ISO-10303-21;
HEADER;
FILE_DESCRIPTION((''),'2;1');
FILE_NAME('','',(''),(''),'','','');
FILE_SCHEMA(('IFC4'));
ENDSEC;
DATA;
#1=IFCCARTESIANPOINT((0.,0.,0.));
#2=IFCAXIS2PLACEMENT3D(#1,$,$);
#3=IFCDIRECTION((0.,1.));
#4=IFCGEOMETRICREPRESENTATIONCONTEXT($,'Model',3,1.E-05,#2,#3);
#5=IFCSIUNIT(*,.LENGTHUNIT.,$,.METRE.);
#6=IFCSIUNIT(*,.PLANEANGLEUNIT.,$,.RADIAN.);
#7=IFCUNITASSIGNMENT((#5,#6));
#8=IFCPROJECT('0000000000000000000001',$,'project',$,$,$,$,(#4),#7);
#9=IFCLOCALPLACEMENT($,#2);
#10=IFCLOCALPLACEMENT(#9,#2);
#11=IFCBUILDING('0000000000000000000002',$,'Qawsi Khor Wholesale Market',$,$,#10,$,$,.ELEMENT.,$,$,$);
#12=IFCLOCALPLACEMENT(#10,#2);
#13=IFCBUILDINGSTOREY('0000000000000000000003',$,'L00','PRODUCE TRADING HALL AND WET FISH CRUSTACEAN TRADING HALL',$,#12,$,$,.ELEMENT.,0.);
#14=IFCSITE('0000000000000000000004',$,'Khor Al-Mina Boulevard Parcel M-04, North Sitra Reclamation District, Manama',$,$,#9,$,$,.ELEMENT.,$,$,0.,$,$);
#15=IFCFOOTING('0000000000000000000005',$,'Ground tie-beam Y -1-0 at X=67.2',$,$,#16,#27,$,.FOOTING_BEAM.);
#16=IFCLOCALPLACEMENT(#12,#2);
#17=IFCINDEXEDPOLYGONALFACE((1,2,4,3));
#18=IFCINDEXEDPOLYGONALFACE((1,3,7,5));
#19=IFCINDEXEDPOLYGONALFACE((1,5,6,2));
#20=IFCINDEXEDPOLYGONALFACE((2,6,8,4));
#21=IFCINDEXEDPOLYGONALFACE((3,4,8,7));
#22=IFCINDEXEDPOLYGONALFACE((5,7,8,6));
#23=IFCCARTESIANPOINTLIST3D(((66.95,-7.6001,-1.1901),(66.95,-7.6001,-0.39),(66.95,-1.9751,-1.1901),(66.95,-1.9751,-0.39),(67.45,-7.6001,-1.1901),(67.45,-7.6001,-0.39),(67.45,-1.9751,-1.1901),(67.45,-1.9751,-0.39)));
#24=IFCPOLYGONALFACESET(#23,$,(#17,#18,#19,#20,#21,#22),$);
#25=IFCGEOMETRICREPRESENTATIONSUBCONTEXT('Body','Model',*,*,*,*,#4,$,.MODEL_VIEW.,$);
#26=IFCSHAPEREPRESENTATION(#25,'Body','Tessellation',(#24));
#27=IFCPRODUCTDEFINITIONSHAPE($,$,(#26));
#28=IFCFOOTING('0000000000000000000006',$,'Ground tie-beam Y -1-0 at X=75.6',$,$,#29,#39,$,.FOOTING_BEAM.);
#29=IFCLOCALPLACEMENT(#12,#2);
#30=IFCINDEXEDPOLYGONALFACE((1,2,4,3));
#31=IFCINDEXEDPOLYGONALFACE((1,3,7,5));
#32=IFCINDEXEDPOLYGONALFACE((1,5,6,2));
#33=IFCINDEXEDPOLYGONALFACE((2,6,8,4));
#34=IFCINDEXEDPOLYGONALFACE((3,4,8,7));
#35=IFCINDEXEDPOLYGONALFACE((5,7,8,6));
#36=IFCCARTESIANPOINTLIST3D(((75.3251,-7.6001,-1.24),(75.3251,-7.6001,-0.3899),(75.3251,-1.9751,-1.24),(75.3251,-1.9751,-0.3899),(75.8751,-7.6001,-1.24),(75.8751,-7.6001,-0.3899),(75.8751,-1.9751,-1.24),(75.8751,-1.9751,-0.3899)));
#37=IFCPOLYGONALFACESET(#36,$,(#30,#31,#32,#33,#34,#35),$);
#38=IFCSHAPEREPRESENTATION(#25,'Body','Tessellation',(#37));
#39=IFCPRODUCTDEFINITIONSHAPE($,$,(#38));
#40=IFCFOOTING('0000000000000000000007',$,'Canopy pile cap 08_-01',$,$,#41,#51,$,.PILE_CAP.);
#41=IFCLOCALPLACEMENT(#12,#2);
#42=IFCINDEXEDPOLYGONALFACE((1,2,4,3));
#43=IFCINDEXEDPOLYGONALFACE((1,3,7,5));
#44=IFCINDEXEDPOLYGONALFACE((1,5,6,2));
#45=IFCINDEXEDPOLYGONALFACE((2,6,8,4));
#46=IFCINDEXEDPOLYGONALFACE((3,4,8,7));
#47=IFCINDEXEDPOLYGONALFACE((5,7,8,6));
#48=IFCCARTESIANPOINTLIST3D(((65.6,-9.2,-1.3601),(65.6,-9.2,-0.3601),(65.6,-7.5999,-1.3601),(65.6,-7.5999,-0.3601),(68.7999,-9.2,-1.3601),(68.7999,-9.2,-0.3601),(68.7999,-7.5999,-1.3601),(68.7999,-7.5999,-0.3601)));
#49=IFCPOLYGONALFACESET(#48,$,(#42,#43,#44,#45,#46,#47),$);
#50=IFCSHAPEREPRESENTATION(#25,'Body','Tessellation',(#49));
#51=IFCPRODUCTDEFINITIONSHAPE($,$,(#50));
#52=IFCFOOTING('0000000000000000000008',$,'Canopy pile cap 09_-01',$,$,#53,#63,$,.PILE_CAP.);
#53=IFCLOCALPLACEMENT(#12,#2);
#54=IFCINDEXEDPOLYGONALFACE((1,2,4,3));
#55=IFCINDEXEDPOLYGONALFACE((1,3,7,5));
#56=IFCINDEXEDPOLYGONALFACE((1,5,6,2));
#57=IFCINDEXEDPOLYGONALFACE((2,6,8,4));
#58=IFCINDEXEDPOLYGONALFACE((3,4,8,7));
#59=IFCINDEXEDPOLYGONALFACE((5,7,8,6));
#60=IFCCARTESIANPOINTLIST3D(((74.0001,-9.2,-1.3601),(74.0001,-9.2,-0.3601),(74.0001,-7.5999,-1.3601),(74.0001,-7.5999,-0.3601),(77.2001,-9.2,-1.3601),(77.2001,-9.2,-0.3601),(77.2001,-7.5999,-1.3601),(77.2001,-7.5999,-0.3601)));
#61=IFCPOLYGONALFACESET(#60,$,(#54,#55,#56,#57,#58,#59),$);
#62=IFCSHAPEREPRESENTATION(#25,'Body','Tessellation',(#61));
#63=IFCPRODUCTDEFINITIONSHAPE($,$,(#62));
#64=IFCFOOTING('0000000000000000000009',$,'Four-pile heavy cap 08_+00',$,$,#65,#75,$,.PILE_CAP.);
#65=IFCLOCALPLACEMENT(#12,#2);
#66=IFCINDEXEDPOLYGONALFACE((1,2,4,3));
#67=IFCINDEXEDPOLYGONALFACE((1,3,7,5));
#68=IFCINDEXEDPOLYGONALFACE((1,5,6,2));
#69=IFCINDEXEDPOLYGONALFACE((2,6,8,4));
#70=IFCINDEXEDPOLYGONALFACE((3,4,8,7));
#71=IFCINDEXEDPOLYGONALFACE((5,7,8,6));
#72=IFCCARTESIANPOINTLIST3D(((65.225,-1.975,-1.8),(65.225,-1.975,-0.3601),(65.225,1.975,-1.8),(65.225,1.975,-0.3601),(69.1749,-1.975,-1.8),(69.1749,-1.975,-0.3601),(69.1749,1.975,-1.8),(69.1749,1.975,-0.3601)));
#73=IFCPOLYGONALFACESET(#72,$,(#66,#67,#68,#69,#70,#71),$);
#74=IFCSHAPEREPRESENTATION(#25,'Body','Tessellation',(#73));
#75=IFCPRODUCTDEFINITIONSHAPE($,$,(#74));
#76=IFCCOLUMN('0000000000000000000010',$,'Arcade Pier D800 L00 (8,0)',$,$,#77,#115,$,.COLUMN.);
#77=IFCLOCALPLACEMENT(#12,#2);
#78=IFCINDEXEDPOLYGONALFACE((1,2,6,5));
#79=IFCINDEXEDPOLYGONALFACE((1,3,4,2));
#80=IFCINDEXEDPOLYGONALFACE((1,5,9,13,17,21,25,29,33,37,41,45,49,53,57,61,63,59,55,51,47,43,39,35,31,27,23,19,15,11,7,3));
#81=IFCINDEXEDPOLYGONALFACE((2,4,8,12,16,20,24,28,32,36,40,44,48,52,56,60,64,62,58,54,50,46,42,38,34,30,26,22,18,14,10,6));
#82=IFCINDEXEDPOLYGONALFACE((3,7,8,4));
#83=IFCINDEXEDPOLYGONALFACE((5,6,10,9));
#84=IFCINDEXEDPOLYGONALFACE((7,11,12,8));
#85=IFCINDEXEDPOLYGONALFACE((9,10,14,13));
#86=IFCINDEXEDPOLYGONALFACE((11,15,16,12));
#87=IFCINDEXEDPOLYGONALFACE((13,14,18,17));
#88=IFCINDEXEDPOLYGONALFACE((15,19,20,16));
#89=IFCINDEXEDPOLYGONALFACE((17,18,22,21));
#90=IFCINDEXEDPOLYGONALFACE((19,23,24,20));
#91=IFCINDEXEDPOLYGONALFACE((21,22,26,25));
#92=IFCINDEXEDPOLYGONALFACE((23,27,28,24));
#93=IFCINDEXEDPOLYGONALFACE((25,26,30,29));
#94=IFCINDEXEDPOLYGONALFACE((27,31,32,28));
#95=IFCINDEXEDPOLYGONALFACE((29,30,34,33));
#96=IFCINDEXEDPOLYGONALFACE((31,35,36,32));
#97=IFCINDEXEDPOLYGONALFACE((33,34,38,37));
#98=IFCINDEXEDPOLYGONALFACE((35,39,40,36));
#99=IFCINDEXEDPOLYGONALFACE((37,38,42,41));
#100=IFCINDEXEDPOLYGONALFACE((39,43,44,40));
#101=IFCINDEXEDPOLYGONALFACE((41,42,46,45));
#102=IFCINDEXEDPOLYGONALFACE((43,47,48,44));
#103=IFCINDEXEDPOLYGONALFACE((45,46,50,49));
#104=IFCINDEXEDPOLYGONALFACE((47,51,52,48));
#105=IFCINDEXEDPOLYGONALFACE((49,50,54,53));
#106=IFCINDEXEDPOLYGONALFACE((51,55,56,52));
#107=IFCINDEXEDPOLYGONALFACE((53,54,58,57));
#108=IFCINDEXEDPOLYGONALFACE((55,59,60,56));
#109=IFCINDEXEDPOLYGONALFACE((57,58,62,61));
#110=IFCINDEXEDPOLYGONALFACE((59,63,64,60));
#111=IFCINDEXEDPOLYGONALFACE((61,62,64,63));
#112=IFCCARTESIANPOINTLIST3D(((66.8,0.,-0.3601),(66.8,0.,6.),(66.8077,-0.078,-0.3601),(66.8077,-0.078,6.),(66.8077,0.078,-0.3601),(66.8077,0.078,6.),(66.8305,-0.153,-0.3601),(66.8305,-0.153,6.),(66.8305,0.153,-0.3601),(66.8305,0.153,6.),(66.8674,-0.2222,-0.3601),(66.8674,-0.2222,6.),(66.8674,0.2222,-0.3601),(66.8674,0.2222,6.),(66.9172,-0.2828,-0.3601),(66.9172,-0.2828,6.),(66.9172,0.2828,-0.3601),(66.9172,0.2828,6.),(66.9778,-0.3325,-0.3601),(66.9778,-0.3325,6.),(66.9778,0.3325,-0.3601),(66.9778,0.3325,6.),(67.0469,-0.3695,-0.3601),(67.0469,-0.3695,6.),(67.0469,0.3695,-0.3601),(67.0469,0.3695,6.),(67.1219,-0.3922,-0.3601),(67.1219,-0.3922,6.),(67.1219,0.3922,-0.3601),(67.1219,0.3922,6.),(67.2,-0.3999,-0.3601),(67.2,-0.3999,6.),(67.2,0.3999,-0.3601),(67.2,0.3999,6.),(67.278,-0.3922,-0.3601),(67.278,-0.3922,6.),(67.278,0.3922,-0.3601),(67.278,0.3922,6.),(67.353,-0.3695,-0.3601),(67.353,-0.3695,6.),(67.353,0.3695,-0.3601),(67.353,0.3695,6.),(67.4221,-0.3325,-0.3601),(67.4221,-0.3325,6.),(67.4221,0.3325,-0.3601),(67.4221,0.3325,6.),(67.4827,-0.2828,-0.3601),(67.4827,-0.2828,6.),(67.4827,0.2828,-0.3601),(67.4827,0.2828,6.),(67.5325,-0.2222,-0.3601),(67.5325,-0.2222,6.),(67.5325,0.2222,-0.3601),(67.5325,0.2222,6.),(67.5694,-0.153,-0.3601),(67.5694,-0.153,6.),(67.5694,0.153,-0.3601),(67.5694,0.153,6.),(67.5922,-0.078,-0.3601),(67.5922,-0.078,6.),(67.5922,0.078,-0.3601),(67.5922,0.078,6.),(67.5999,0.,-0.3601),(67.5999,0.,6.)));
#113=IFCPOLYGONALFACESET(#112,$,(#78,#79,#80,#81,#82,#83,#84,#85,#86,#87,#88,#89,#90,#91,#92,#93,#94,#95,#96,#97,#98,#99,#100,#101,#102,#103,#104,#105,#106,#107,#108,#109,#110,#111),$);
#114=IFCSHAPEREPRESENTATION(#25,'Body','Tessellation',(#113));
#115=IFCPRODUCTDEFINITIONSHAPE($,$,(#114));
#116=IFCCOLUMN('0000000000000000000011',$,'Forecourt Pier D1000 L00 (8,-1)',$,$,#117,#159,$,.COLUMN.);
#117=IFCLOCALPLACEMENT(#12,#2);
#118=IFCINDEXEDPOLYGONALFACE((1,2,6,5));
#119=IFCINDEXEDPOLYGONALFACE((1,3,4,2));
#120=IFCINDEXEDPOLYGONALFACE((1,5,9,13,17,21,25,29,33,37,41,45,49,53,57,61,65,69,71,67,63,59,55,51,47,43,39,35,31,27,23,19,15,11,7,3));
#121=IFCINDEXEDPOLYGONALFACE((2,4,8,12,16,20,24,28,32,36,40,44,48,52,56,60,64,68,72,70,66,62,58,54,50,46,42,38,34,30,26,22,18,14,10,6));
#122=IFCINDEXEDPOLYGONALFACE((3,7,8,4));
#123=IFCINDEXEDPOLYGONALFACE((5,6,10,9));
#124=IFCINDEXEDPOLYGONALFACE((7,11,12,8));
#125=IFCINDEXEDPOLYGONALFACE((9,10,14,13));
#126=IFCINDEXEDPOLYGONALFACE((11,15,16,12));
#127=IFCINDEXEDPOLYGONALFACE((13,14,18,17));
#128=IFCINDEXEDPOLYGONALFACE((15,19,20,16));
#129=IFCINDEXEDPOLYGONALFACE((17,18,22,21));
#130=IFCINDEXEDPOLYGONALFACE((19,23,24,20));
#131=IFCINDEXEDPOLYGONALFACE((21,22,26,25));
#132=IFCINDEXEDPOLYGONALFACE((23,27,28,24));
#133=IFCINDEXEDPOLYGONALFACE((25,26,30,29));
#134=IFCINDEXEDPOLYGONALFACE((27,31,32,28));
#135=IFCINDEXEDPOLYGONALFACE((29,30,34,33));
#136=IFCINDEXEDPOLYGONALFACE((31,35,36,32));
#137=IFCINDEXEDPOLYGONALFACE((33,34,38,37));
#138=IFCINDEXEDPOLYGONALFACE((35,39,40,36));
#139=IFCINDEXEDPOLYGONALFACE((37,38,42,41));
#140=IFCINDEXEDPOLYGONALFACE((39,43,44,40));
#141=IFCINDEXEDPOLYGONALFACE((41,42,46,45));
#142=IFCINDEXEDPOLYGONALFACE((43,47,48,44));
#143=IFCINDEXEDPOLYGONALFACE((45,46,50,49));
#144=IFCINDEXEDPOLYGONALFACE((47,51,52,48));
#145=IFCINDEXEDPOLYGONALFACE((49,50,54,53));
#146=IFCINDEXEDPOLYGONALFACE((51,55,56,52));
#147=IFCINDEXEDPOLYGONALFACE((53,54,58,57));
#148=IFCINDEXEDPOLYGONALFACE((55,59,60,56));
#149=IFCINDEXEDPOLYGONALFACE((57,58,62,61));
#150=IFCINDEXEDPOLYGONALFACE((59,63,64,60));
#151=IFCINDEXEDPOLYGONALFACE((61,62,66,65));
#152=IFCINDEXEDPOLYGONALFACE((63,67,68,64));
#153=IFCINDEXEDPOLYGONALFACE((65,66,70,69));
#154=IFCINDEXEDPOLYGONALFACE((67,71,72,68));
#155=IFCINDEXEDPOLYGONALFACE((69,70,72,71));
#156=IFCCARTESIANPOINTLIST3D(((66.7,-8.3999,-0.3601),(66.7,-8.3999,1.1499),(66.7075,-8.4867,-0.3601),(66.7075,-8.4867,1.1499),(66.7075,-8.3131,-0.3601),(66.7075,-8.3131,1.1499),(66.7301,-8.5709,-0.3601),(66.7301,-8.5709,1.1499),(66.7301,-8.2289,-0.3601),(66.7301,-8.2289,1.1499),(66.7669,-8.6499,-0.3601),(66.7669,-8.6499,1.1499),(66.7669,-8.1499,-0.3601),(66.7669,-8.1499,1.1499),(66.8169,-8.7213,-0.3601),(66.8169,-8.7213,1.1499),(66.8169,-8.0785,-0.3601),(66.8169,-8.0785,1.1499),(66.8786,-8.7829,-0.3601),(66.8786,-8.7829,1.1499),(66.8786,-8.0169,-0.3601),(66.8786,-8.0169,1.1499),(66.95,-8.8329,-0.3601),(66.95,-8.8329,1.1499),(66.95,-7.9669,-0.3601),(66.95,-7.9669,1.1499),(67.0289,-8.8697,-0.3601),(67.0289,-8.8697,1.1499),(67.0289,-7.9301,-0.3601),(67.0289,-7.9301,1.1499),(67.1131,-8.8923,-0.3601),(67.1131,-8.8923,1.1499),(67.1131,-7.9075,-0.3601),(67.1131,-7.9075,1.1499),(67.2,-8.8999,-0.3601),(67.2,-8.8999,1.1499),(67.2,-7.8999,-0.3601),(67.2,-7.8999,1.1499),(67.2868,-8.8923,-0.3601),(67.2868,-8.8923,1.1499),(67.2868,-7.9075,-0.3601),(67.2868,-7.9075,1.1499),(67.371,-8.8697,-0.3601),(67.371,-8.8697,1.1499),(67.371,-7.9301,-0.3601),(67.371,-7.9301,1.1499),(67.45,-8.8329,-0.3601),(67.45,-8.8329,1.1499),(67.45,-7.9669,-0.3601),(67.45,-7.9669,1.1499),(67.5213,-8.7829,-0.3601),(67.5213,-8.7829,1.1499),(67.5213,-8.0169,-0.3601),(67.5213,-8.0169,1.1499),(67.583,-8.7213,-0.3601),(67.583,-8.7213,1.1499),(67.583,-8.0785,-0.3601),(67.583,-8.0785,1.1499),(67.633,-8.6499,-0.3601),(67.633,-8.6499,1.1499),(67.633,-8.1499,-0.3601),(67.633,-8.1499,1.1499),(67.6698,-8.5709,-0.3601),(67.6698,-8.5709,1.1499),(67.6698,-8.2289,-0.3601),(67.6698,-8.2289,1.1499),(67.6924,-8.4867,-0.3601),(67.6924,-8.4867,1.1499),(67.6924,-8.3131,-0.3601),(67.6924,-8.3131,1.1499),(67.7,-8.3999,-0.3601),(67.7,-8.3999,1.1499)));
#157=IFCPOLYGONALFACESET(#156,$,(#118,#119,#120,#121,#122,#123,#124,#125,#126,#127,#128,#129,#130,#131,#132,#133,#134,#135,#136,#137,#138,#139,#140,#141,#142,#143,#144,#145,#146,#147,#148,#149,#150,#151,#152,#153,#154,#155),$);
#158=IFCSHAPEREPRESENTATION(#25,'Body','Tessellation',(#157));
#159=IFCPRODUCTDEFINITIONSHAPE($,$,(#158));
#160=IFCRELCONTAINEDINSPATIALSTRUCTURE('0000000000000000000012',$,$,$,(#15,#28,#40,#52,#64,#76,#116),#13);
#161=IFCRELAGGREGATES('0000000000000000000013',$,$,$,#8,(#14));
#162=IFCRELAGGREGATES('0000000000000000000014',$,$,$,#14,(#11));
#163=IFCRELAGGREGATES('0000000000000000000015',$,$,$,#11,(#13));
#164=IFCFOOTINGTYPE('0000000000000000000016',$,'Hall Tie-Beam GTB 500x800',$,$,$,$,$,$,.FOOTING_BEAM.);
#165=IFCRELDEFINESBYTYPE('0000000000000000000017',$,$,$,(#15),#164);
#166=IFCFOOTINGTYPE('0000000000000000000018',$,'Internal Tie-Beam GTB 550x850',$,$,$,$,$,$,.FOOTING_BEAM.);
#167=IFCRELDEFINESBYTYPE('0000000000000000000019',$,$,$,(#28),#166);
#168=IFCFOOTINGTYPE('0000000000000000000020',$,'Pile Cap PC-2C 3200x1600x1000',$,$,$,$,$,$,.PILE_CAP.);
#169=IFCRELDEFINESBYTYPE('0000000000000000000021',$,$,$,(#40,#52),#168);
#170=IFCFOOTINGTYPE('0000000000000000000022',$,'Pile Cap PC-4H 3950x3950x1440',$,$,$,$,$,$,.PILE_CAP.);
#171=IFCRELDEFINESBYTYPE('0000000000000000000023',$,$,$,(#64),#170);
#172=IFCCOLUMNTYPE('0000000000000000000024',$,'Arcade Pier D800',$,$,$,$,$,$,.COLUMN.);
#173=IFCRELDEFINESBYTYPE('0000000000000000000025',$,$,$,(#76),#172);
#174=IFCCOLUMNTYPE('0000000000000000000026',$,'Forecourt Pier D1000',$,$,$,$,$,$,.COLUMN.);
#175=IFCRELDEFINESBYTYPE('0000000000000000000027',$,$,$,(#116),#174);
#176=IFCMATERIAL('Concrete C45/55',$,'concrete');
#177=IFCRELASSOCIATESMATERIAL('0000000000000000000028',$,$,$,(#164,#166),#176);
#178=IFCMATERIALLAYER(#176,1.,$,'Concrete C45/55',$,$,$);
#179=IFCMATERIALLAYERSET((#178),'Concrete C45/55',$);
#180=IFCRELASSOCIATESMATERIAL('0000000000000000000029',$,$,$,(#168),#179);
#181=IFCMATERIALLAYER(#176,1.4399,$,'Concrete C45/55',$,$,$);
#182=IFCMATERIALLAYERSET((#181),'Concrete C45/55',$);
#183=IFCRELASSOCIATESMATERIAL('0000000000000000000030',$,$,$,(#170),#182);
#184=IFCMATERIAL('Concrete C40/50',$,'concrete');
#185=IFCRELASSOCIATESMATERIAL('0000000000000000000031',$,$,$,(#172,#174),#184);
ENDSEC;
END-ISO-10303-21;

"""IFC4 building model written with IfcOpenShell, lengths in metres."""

from ifc_helpers import new_model, si_unit, direction, frame, origin, origin_2d, place, context, subcontext, project, spatial, rectangle, circle, extrude, material, layer, layer_set, material_profile, profile_set, type_object, element, save


model = new_model("IFC4")

# Units and contexts
model_context = context("Model", 3, precision=1e-05, world=origin(), true_north=direction((0.0, 1.0)))
body_context = subcontext(model_context, "Body", "Model", "MODEL_VIEW")
ifc_project = project(units=[si_unit("LENGTHUNIT", "METRE"), si_unit("PLANEANGLEUNIT", "RADIAN")], contexts=[model_context])

# Site, building, storey
site_placement = place(None, origin())
site = spatial("IfcSite", under=ifc_project, at=site_placement, Name="Khor Al-Mina Boulevard Parcel M-04, North Sitra Reclamation District, Manama", CompositionType="ELEMENT", RefElevation=0.0)
building_placement = place(site_placement, origin())
building = spatial("IfcBuilding", under=site, at=building_placement, Name="Qawsi Khor Wholesale Market", CompositionType="ELEMENT")
storey_placement = place(building_placement, origin())
storey = spatial("IfcBuildingStorey", under=building, at=storey_placement, Name="L00", Description="PRODUCE TRADING HALL AND WET FISH CRUSTACEAN TRADING HALL", CompositionType="ELEMENT", Elevation=0.0)

# Shared definitions
ifc_material_1 = material(Name="Concrete C45/55", Category="concrete")

# Footings
ifc_material_profile_1 = material_profile(ifc_material_1, rectangle(XDim=0.5, YDim=0.8, at=origin_2d()), Name="RC 500x800")
ifc_profile_set_1 = profile_set([ifc_material_profile_1], Name="Concrete C45/55")
footing_type_1 = type_object("IfcFootingType", Name="Hall Tie-Beam GTB 500x800", PredefinedType="FOOTING_BEAM", material=ifc_profile_set_1)
footing_1_placement = place(storey_placement, frame((67.2, -7.6001, -0.79), z_axis=(0.0, 1.0, 0.0), x_axis=(-1.0, 0.0, 0.0)))
element("IfcFooting", 1, at=footing_1_placement, inside=storey, type_object=footing_type_1, Name="Ground tie-beam Y -1-0 at X=67.2", PredefinedType="FOOTING_BEAM", context=body_context, shape_type="SweptSolid", body=[
    extrude(rectangle(XDim=0.5, YDim=0.8, at=origin_2d()), origin(), (0.0, 0.0, 1.0), 5.625),
])
ifc_material_profile_2 = material_profile(ifc_material_1, rectangle(XDim=0.55, YDim=0.8501, at=origin_2d()), Name="RC 550x850")
ifc_profile_set_2 = profile_set([ifc_material_profile_2], Name="Concrete C45/55")
footing_type_2 = type_object("IfcFootingType", Name="Internal Tie-Beam GTB 550x850", PredefinedType="FOOTING_BEAM", material=ifc_profile_set_2)
footing_2_placement = place(storey_placement, frame((75.6001, -7.6001, -0.8149), z_axis=(0.0, 1.0, 0.0), x_axis=(-1.0, 0.0, 0.0)))
element("IfcFooting", 2, at=footing_2_placement, inside=storey, type_object=footing_type_2, Name="Ground tie-beam Y -1-0 at X=75.6", PredefinedType="FOOTING_BEAM", context=body_context, shape_type="SweptSolid", body=[
    extrude(rectangle(XDim=0.55, YDim=0.8501, at=origin_2d()), origin(), (0.0, 0.0, 1.0), 5.625),
])
ifc_layer_1 = layer(ifc_material_1, 1.0, Name="Concrete C45/55")
ifc_layer_set_1 = layer_set([ifc_layer_1], Name="Concrete C45/55")
footing_type_3 = type_object("IfcFootingType", Name="Pile Cap PC-2C 3200x1600x1000", PredefinedType="PILE_CAP", material=ifc_layer_set_1)
for number, where, z_axis, x_axis, name in (
    (3, (67.2, -8.3999, -1.3601), (0.0, 0.0, 1.0), (1.0, 0.0, 0.0), "Canopy pile cap 08_-01"),
    (4, (75.6001, -8.3999, -1.3601), (0.0, 0.0, 1.0), (1.0, 0.0, 0.0), "Canopy pile cap 09_-01"),
):
    element("IfcFooting", number, at=place(storey_placement, frame(where, z_axis=z_axis, x_axis=x_axis)), inside=storey, type_object=footing_type_3, Name=name, PredefinedType="PILE_CAP", context=body_context, shape_type="SweptSolid", body=[
        extrude(rectangle(XDim=3.2, YDim=1.6001, at=origin_2d()), origin(), (0.0, 0.0, 1.0), 1.0),
    ])
ifc_layer_2 = layer(ifc_material_1, 1.4399, Name="Concrete C45/55")
ifc_layer_set_2 = layer_set([ifc_layer_2], Name="Concrete C45/55")
footing_type_4 = type_object("IfcFootingType", Name="Pile Cap PC-4H 3950x3950x1440", PredefinedType="PILE_CAP", material=ifc_layer_set_2)
footing_3_placement = place(storey_placement, frame((67.2, 0.0, -1.8), z_axis=(0.0, 0.0, 1.0), x_axis=(1.0, 0.0, 0.0)))
element("IfcFooting", 5, at=footing_3_placement, inside=storey, type_object=footing_type_4, Name="Four-pile heavy cap 08_+00", PredefinedType="PILE_CAP", context=body_context, shape_type="SweptSolid", body=[
    extrude(rectangle(XDim=3.95, YDim=3.95, at=origin_2d()), origin(), (0.0, 0.0, 1.0), 1.4399),
])

# Columns
ifc_material_2 = material(Name="Concrete C40/50", Category="concrete")
ifc_material_profile_3 = material_profile(ifc_material_2, circle(Radius=0.3999, at=origin_2d()), Name="RC COL D800")
ifc_profile_set_3 = profile_set([ifc_material_profile_3], Name="Concrete C40/50")
column_type_1 = type_object("IfcColumnType", Name="Arcade Pier D800", PredefinedType="COLUMN", material=ifc_profile_set_3)
column_placement = place(storey_placement, frame((67.2, 0.0, -0.3601), z_axis=(0.0, 0.0, 1.0), x_axis=(1.0, 0.0, 0.0)))
element("IfcColumn", 6, at=column_placement, inside=storey, type_object=column_type_1, Name="Arcade Pier D800 L00 (8,0)", PredefinedType="COLUMN", context=body_context, shape_type="SweptSolid", body=[
    extrude(circle(Radius=0.3999, at=origin_2d()), origin(), (0.0, 0.0, 1.0), 6.3601),
])
ifc_material_profile_4 = material_profile(ifc_material_2, circle(Radius=0.5, at=origin_2d()), Name="RC COL D1000")
ifc_profile_set_4 = profile_set([ifc_material_profile_4], Name="Concrete C40/50")
column_type_2 = type_object("IfcColumnType", Name="Forecourt Pier D1000", PredefinedType="COLUMN", material=ifc_profile_set_4)
for number, where, z_axis, x_axis, name in (
    (7, (67.2, -8.3999, -0.3601), (0.0, 0.0, 1.0), (1.0, 0.0, 0.0), "Forecourt Pier D1000 L00 (8,-1)"),
):
    element("IfcColumn", number, at=place(storey_placement, frame(where, z_axis=z_axis, x_axis=x_axis)), inside=storey, type_object=column_type_2, Name=name, PredefinedType="COLUMN", context=body_context, shape_type="SweptSolid", body=[
        extrude(circle(Radius=0.5, at=origin_2d()), origin(), (0.0, 0.0, 1.0), 1.51),
    ])

save(model, "model.ifc")
